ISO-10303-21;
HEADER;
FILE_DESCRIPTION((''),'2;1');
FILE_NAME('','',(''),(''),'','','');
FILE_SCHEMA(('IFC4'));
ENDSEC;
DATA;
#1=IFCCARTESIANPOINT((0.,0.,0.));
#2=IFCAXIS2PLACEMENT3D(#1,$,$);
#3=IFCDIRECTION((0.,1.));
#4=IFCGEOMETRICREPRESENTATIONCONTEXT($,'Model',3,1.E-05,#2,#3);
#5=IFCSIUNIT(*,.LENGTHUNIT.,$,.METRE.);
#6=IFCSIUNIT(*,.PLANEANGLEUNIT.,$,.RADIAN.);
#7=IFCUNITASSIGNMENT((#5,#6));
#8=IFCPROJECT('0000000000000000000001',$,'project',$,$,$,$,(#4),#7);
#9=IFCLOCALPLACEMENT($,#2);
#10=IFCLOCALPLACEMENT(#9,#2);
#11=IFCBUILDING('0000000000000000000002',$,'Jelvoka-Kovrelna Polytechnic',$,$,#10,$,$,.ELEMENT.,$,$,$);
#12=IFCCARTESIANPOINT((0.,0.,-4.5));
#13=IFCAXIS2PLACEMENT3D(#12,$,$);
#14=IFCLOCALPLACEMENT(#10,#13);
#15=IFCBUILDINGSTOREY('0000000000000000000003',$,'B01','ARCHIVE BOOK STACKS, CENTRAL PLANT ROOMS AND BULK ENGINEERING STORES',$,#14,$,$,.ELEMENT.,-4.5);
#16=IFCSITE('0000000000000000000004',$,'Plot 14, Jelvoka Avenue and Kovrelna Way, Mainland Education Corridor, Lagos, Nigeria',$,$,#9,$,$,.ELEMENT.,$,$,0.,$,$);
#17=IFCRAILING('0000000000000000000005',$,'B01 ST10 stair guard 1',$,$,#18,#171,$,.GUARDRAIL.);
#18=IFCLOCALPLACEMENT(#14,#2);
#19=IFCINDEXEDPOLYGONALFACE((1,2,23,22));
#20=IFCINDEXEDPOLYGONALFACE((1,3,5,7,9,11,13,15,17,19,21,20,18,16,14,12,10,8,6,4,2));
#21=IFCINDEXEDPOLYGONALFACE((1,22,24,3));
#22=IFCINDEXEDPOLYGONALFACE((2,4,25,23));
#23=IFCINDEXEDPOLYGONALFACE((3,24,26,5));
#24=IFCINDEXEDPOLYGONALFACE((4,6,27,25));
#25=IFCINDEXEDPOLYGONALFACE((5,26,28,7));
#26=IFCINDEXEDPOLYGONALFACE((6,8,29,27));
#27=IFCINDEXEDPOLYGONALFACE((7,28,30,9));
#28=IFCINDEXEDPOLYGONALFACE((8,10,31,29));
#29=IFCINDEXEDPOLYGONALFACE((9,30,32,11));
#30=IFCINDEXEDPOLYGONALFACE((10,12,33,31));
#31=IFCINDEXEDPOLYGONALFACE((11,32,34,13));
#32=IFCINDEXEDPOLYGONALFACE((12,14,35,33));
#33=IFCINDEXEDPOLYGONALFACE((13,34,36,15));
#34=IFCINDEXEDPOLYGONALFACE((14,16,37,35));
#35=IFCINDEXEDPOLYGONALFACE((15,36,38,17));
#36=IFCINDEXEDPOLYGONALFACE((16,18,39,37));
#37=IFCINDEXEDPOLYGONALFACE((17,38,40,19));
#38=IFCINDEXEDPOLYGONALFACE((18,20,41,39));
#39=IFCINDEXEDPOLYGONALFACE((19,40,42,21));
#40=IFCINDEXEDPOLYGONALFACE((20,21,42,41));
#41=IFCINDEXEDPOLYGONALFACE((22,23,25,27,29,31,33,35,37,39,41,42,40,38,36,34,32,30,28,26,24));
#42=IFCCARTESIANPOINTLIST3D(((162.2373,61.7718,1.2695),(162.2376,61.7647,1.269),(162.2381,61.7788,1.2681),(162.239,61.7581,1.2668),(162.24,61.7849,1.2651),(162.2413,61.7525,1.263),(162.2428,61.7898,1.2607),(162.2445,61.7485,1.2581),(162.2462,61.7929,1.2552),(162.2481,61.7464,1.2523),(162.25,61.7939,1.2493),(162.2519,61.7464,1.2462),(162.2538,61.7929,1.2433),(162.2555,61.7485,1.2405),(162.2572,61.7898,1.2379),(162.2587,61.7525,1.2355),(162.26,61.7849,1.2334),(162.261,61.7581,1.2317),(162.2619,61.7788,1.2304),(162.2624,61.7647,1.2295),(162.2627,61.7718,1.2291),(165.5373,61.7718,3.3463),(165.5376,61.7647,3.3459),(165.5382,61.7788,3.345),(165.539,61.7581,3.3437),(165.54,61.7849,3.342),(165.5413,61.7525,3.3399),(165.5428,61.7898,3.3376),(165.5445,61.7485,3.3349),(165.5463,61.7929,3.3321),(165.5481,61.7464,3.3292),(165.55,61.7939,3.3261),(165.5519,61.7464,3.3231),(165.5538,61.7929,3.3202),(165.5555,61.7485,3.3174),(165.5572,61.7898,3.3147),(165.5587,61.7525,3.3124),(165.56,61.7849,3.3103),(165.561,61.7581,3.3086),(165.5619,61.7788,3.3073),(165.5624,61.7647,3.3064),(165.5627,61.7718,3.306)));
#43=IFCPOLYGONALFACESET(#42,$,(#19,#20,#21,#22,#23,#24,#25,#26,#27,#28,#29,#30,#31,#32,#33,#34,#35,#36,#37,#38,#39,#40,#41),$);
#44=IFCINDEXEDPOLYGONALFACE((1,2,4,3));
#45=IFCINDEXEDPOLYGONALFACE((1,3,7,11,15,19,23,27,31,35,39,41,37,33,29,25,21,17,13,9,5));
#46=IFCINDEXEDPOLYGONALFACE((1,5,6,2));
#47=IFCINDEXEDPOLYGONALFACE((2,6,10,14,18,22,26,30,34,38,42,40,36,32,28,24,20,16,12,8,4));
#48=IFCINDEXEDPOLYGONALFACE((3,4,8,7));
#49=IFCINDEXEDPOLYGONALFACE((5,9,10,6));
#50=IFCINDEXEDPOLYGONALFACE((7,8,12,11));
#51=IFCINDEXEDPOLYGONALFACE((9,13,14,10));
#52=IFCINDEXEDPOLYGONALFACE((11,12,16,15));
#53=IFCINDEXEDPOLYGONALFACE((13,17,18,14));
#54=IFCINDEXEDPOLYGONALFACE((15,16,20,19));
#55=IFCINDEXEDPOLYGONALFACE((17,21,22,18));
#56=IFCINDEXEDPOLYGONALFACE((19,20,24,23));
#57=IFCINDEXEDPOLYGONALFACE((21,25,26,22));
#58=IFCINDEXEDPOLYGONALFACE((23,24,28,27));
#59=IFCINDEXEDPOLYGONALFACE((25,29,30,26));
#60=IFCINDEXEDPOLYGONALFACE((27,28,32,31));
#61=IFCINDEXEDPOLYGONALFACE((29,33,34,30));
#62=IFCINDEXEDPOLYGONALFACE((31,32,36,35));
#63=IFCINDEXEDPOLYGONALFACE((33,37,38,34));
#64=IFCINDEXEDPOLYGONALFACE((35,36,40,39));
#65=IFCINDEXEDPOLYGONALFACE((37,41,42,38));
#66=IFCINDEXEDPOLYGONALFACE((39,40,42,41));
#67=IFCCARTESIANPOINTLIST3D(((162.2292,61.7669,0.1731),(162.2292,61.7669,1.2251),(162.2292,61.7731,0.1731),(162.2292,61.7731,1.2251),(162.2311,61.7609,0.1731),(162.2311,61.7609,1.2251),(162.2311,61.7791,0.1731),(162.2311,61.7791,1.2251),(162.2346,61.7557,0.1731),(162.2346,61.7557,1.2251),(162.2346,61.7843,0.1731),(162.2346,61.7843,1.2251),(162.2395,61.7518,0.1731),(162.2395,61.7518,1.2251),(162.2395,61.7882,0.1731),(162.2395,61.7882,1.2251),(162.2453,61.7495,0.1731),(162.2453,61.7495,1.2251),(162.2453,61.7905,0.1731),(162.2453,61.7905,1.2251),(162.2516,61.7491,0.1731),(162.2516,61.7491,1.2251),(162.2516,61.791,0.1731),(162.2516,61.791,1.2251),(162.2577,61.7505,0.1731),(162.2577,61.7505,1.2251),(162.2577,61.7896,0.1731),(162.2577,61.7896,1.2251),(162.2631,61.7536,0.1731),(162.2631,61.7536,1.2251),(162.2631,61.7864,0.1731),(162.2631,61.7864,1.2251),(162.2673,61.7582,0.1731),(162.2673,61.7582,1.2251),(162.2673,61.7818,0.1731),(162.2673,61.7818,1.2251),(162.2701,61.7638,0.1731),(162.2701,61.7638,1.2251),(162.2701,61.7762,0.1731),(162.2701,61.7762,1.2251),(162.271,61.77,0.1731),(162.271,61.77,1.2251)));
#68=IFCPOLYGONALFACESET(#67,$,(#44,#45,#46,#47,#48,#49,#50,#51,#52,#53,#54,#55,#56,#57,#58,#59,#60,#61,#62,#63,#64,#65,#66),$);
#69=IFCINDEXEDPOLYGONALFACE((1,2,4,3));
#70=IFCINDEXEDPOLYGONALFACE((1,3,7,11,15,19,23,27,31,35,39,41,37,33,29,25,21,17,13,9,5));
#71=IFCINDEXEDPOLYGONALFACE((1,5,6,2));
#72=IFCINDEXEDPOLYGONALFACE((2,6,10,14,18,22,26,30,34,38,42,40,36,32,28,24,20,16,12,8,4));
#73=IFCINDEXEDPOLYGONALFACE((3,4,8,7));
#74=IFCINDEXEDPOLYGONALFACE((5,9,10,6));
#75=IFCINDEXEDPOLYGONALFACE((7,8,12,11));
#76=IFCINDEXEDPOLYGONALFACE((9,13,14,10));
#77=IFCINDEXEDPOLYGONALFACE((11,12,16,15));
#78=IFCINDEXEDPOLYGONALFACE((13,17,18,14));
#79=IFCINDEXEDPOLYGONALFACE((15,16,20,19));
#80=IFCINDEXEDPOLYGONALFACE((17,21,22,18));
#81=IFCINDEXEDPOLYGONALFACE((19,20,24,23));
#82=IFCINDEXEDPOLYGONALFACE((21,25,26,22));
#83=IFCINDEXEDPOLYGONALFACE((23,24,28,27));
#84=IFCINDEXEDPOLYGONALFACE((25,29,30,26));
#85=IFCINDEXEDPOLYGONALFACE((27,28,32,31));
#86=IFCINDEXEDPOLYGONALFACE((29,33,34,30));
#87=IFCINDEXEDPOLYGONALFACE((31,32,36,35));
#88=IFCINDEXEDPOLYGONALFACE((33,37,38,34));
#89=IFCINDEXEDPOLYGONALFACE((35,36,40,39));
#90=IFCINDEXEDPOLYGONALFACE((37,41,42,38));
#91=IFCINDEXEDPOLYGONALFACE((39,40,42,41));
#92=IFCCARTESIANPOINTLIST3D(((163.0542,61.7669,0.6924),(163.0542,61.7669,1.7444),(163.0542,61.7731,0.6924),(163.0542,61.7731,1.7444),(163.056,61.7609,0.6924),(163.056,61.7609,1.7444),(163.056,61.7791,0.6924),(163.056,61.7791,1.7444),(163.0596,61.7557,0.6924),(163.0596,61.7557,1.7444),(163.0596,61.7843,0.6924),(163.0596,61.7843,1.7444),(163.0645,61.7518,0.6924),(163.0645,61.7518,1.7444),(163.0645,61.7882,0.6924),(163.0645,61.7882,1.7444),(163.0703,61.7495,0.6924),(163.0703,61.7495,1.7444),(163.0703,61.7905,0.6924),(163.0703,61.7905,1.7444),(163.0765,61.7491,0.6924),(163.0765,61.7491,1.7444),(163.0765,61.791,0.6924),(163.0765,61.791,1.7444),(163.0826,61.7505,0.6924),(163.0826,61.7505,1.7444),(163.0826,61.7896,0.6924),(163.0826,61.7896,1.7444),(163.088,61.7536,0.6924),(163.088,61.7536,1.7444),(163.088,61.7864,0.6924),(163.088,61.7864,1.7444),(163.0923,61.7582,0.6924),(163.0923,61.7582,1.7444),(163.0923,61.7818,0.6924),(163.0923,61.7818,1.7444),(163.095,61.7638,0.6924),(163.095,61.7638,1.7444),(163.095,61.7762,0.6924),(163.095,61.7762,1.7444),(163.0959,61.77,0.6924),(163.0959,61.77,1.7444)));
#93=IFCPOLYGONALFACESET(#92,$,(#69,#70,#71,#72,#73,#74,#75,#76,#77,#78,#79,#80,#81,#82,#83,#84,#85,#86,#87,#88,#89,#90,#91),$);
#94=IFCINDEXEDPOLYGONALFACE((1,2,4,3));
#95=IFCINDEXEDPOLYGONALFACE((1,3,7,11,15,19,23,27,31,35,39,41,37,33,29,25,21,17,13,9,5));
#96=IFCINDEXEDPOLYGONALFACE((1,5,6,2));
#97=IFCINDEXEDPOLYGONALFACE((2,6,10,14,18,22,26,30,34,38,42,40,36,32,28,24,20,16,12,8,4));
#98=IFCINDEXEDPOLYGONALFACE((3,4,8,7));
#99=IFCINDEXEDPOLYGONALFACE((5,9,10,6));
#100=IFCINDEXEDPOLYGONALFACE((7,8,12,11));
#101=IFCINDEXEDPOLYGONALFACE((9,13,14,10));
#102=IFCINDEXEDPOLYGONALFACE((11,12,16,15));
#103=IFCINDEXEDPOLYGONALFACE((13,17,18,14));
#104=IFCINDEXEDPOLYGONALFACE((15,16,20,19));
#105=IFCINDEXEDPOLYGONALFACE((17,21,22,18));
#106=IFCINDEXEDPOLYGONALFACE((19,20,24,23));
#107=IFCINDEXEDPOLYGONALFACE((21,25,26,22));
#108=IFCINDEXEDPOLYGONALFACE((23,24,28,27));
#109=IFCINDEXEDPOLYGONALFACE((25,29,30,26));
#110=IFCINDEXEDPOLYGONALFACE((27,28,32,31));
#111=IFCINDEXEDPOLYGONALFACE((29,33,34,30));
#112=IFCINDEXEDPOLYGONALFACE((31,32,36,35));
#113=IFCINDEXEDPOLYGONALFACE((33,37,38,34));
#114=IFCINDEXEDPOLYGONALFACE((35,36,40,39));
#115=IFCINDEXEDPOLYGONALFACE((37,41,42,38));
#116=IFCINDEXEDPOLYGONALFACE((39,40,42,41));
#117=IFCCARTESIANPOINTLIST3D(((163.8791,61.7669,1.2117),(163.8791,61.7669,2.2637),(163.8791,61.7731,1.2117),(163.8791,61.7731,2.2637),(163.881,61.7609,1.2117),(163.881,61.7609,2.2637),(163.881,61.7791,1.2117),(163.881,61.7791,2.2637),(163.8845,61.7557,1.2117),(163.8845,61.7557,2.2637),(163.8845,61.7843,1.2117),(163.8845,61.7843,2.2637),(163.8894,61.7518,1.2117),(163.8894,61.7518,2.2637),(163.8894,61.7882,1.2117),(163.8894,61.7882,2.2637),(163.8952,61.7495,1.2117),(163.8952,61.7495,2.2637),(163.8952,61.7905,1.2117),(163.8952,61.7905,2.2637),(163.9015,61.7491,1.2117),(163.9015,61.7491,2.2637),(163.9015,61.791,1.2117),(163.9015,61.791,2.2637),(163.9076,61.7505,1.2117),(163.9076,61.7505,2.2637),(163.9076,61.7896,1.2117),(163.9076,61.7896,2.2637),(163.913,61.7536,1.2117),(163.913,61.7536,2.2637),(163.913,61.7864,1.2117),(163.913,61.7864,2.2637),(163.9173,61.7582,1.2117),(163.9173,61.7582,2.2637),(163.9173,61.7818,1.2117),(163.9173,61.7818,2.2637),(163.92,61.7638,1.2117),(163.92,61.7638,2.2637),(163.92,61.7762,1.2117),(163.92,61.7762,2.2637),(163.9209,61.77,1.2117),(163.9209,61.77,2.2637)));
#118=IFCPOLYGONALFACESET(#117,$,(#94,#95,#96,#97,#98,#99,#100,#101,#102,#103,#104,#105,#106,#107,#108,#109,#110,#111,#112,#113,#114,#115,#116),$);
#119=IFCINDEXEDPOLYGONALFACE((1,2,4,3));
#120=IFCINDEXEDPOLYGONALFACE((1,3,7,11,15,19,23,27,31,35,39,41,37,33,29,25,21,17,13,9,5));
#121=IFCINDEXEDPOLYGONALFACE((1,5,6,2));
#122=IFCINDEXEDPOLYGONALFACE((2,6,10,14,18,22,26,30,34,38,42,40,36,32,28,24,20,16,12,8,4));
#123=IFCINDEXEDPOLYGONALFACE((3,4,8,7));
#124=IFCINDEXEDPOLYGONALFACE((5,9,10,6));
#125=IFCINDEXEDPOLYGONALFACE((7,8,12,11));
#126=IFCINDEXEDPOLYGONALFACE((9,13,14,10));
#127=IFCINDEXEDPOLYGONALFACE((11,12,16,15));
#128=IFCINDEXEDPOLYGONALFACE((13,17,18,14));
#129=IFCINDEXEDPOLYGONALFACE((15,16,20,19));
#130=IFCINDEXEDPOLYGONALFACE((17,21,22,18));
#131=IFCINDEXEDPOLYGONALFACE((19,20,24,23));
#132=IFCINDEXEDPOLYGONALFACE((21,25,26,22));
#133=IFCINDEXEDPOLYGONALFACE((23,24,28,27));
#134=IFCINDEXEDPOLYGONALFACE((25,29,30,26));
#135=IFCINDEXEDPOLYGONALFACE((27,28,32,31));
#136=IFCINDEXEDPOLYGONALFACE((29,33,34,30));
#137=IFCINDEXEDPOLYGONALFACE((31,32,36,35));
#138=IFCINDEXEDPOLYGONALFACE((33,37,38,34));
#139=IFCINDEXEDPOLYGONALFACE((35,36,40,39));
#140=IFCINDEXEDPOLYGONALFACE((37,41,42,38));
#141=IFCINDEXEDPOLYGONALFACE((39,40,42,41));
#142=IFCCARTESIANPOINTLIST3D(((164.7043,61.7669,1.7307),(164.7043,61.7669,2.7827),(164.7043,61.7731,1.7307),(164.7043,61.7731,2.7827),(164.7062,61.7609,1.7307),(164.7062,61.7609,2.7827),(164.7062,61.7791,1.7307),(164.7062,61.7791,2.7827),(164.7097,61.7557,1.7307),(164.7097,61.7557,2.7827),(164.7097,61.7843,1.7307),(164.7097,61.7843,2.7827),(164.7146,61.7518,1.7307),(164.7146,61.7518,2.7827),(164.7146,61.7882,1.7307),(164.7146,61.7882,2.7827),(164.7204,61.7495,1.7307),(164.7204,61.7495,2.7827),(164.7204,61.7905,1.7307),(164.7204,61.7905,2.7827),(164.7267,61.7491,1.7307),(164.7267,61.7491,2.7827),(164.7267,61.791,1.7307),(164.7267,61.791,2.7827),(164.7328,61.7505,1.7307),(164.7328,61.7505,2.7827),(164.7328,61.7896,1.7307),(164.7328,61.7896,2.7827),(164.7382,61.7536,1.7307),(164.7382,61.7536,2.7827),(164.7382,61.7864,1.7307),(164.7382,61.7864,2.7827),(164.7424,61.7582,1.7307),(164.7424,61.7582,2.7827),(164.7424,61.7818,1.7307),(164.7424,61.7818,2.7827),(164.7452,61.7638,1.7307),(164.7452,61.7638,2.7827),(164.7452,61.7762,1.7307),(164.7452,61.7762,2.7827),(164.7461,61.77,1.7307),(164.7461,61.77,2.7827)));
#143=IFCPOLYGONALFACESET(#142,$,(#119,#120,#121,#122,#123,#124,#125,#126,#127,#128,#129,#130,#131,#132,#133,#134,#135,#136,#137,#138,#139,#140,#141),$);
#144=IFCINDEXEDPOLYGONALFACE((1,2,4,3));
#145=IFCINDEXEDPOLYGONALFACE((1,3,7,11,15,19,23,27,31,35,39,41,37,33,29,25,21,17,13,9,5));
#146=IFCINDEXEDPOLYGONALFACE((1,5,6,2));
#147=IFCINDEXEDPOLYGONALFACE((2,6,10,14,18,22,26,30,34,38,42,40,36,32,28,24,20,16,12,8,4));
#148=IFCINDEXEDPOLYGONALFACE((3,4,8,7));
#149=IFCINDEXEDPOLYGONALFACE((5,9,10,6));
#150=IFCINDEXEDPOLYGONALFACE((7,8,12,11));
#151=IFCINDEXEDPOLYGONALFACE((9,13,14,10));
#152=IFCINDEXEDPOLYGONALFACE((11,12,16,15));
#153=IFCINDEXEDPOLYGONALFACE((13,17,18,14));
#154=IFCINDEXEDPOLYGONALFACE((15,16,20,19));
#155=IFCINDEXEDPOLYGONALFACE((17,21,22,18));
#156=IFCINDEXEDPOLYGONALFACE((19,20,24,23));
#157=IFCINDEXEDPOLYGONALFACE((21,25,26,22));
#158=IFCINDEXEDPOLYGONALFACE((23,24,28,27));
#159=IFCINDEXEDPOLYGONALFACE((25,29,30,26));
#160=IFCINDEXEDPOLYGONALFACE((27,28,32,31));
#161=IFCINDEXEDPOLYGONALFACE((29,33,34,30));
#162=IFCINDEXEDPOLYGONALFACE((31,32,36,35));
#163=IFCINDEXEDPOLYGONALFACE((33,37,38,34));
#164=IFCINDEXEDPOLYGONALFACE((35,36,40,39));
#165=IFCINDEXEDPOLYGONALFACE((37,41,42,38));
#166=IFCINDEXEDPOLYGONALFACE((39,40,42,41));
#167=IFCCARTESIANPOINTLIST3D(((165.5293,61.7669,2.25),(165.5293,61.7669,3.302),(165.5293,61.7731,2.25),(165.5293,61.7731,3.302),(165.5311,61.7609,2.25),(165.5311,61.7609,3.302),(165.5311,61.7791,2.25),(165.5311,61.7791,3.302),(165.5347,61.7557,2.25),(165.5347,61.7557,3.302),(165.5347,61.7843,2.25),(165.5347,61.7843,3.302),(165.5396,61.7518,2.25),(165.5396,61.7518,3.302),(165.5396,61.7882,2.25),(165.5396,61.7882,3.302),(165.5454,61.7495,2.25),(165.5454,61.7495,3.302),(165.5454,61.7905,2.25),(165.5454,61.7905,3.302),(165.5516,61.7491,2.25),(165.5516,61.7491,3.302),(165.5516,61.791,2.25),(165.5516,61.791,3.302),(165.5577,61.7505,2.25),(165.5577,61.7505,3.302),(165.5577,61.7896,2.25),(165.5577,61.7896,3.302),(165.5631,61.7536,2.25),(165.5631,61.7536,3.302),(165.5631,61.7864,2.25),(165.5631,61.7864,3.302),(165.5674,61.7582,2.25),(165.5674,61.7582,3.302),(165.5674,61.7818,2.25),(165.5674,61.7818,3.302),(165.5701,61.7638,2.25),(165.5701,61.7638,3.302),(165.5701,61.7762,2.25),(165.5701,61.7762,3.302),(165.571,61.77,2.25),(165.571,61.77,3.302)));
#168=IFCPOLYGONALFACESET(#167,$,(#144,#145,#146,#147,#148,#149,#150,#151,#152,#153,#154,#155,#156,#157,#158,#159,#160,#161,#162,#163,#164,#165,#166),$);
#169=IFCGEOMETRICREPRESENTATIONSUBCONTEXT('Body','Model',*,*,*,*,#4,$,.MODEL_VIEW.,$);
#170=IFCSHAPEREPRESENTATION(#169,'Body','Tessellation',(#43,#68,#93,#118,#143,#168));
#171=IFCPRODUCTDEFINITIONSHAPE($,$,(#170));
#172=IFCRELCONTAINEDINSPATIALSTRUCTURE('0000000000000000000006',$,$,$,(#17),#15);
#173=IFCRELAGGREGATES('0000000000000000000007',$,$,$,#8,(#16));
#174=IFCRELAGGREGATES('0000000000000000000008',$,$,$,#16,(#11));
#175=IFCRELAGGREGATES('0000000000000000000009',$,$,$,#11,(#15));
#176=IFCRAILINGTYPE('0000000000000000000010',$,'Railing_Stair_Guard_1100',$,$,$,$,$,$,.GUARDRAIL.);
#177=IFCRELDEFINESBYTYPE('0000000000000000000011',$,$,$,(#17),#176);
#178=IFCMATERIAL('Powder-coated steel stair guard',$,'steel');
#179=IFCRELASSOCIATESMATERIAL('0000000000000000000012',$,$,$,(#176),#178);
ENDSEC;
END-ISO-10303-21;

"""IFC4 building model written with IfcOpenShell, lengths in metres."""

from ifc_helpers import new_model, si_unit, direction, frame, origin, origin_2d, place, context, subcontext, project, spatial, circle, extrude, material, type_object, element, save


model = new_model("IFC4")

# Units and contexts
model_context = context("Model", 3, precision=1e-05, world=origin(), true_north=direction((0.0, 1.0)))
body_context = subcontext(model_context, "Body", "Model", "MODEL_VIEW")
ifc_project = project(units=[si_unit("LENGTHUNIT", "METRE"), si_unit("PLANEANGLEUNIT", "RADIAN")], contexts=[model_context])

# Site, building, storey
site_placement = place(None, origin())
site = spatial("IfcSite", under=ifc_project, at=site_placement, Name="Plot 14, Jelvoka Avenue and Kovrelna Way, Mainland Education Corridor, Lagos, Nigeria", CompositionType="ELEMENT", RefElevation=0.0)
building_placement = place(site_placement, origin())
building = spatial("IfcBuilding", under=site, at=building_placement, Name="Jelvoka-Kovrelna Polytechnic", CompositionType="ELEMENT")
storey_placement = place(building_placement, frame((0.0, 0.0, -4.5)))
storey = spatial("IfcBuildingStorey", under=building, at=storey_placement, Name="B01", Description="ARCHIVE BOOK STACKS, CENTRAL PLANT ROOMS AND BULK ENGINEERING STORES", CompositionType="ELEMENT", Elevation=-4.5)

# Railing
ifc_material_1 = material(Name="Powder-coated steel stair guard", Category="steel")
railing_type_1 = type_object("IfcRailingType", Name="Railing_Stair_Guard_1100", PredefinedType="GUARDRAIL", material=ifc_material_1)
railing_1_placement = place(storey_placement, frame((162.25, 61.77, 0.1731)))
element("IfcRailing", 1, at=railing_1_placement, inside=storey, type_object=railing_type_1, Name="B01 ST10 stair guard 1", PredefinedType="GUARDRAIL", context=body_context, shape_type="SweptSolid", body=[
    extrude(circle(Radius=0.0239, at=origin_2d()), frame((0.0, 0.0, 1.0762), z_axis=(0.846337, 0.0, 0.532647), x_axis=(0.0, 1.0, 0.0)), (0.0, 0.0, 1.0), 3.8992),
    extrude(circle(Radius=0.021, at=origin_2d()), origin(), (0.0, 0.0, 1.0), 1.052),
    extrude(circle(Radius=0.021, at=origin_2d()), frame((0.825, 0.0, 0.5193)), (0.0, 0.0, 1.0), 1.052),
    extrude(circle(Radius=0.021, at=origin_2d()), frame((1.6499, 0.0, 1.0386)), (0.0, 0.0, 1.0), 1.052),
    extrude(circle(Radius=0.021, at=origin_2d()), frame((2.4751, 0.0, 1.5576)), (0.0, 0.0, 1.0), 1.052),
    extrude(circle(Radius=0.021, at=origin_2d()), frame((3.3, 0.0, 2.0769)), (0.0, 0.0, 1.0), 1.052),
])

save(model, "model.ifc")
